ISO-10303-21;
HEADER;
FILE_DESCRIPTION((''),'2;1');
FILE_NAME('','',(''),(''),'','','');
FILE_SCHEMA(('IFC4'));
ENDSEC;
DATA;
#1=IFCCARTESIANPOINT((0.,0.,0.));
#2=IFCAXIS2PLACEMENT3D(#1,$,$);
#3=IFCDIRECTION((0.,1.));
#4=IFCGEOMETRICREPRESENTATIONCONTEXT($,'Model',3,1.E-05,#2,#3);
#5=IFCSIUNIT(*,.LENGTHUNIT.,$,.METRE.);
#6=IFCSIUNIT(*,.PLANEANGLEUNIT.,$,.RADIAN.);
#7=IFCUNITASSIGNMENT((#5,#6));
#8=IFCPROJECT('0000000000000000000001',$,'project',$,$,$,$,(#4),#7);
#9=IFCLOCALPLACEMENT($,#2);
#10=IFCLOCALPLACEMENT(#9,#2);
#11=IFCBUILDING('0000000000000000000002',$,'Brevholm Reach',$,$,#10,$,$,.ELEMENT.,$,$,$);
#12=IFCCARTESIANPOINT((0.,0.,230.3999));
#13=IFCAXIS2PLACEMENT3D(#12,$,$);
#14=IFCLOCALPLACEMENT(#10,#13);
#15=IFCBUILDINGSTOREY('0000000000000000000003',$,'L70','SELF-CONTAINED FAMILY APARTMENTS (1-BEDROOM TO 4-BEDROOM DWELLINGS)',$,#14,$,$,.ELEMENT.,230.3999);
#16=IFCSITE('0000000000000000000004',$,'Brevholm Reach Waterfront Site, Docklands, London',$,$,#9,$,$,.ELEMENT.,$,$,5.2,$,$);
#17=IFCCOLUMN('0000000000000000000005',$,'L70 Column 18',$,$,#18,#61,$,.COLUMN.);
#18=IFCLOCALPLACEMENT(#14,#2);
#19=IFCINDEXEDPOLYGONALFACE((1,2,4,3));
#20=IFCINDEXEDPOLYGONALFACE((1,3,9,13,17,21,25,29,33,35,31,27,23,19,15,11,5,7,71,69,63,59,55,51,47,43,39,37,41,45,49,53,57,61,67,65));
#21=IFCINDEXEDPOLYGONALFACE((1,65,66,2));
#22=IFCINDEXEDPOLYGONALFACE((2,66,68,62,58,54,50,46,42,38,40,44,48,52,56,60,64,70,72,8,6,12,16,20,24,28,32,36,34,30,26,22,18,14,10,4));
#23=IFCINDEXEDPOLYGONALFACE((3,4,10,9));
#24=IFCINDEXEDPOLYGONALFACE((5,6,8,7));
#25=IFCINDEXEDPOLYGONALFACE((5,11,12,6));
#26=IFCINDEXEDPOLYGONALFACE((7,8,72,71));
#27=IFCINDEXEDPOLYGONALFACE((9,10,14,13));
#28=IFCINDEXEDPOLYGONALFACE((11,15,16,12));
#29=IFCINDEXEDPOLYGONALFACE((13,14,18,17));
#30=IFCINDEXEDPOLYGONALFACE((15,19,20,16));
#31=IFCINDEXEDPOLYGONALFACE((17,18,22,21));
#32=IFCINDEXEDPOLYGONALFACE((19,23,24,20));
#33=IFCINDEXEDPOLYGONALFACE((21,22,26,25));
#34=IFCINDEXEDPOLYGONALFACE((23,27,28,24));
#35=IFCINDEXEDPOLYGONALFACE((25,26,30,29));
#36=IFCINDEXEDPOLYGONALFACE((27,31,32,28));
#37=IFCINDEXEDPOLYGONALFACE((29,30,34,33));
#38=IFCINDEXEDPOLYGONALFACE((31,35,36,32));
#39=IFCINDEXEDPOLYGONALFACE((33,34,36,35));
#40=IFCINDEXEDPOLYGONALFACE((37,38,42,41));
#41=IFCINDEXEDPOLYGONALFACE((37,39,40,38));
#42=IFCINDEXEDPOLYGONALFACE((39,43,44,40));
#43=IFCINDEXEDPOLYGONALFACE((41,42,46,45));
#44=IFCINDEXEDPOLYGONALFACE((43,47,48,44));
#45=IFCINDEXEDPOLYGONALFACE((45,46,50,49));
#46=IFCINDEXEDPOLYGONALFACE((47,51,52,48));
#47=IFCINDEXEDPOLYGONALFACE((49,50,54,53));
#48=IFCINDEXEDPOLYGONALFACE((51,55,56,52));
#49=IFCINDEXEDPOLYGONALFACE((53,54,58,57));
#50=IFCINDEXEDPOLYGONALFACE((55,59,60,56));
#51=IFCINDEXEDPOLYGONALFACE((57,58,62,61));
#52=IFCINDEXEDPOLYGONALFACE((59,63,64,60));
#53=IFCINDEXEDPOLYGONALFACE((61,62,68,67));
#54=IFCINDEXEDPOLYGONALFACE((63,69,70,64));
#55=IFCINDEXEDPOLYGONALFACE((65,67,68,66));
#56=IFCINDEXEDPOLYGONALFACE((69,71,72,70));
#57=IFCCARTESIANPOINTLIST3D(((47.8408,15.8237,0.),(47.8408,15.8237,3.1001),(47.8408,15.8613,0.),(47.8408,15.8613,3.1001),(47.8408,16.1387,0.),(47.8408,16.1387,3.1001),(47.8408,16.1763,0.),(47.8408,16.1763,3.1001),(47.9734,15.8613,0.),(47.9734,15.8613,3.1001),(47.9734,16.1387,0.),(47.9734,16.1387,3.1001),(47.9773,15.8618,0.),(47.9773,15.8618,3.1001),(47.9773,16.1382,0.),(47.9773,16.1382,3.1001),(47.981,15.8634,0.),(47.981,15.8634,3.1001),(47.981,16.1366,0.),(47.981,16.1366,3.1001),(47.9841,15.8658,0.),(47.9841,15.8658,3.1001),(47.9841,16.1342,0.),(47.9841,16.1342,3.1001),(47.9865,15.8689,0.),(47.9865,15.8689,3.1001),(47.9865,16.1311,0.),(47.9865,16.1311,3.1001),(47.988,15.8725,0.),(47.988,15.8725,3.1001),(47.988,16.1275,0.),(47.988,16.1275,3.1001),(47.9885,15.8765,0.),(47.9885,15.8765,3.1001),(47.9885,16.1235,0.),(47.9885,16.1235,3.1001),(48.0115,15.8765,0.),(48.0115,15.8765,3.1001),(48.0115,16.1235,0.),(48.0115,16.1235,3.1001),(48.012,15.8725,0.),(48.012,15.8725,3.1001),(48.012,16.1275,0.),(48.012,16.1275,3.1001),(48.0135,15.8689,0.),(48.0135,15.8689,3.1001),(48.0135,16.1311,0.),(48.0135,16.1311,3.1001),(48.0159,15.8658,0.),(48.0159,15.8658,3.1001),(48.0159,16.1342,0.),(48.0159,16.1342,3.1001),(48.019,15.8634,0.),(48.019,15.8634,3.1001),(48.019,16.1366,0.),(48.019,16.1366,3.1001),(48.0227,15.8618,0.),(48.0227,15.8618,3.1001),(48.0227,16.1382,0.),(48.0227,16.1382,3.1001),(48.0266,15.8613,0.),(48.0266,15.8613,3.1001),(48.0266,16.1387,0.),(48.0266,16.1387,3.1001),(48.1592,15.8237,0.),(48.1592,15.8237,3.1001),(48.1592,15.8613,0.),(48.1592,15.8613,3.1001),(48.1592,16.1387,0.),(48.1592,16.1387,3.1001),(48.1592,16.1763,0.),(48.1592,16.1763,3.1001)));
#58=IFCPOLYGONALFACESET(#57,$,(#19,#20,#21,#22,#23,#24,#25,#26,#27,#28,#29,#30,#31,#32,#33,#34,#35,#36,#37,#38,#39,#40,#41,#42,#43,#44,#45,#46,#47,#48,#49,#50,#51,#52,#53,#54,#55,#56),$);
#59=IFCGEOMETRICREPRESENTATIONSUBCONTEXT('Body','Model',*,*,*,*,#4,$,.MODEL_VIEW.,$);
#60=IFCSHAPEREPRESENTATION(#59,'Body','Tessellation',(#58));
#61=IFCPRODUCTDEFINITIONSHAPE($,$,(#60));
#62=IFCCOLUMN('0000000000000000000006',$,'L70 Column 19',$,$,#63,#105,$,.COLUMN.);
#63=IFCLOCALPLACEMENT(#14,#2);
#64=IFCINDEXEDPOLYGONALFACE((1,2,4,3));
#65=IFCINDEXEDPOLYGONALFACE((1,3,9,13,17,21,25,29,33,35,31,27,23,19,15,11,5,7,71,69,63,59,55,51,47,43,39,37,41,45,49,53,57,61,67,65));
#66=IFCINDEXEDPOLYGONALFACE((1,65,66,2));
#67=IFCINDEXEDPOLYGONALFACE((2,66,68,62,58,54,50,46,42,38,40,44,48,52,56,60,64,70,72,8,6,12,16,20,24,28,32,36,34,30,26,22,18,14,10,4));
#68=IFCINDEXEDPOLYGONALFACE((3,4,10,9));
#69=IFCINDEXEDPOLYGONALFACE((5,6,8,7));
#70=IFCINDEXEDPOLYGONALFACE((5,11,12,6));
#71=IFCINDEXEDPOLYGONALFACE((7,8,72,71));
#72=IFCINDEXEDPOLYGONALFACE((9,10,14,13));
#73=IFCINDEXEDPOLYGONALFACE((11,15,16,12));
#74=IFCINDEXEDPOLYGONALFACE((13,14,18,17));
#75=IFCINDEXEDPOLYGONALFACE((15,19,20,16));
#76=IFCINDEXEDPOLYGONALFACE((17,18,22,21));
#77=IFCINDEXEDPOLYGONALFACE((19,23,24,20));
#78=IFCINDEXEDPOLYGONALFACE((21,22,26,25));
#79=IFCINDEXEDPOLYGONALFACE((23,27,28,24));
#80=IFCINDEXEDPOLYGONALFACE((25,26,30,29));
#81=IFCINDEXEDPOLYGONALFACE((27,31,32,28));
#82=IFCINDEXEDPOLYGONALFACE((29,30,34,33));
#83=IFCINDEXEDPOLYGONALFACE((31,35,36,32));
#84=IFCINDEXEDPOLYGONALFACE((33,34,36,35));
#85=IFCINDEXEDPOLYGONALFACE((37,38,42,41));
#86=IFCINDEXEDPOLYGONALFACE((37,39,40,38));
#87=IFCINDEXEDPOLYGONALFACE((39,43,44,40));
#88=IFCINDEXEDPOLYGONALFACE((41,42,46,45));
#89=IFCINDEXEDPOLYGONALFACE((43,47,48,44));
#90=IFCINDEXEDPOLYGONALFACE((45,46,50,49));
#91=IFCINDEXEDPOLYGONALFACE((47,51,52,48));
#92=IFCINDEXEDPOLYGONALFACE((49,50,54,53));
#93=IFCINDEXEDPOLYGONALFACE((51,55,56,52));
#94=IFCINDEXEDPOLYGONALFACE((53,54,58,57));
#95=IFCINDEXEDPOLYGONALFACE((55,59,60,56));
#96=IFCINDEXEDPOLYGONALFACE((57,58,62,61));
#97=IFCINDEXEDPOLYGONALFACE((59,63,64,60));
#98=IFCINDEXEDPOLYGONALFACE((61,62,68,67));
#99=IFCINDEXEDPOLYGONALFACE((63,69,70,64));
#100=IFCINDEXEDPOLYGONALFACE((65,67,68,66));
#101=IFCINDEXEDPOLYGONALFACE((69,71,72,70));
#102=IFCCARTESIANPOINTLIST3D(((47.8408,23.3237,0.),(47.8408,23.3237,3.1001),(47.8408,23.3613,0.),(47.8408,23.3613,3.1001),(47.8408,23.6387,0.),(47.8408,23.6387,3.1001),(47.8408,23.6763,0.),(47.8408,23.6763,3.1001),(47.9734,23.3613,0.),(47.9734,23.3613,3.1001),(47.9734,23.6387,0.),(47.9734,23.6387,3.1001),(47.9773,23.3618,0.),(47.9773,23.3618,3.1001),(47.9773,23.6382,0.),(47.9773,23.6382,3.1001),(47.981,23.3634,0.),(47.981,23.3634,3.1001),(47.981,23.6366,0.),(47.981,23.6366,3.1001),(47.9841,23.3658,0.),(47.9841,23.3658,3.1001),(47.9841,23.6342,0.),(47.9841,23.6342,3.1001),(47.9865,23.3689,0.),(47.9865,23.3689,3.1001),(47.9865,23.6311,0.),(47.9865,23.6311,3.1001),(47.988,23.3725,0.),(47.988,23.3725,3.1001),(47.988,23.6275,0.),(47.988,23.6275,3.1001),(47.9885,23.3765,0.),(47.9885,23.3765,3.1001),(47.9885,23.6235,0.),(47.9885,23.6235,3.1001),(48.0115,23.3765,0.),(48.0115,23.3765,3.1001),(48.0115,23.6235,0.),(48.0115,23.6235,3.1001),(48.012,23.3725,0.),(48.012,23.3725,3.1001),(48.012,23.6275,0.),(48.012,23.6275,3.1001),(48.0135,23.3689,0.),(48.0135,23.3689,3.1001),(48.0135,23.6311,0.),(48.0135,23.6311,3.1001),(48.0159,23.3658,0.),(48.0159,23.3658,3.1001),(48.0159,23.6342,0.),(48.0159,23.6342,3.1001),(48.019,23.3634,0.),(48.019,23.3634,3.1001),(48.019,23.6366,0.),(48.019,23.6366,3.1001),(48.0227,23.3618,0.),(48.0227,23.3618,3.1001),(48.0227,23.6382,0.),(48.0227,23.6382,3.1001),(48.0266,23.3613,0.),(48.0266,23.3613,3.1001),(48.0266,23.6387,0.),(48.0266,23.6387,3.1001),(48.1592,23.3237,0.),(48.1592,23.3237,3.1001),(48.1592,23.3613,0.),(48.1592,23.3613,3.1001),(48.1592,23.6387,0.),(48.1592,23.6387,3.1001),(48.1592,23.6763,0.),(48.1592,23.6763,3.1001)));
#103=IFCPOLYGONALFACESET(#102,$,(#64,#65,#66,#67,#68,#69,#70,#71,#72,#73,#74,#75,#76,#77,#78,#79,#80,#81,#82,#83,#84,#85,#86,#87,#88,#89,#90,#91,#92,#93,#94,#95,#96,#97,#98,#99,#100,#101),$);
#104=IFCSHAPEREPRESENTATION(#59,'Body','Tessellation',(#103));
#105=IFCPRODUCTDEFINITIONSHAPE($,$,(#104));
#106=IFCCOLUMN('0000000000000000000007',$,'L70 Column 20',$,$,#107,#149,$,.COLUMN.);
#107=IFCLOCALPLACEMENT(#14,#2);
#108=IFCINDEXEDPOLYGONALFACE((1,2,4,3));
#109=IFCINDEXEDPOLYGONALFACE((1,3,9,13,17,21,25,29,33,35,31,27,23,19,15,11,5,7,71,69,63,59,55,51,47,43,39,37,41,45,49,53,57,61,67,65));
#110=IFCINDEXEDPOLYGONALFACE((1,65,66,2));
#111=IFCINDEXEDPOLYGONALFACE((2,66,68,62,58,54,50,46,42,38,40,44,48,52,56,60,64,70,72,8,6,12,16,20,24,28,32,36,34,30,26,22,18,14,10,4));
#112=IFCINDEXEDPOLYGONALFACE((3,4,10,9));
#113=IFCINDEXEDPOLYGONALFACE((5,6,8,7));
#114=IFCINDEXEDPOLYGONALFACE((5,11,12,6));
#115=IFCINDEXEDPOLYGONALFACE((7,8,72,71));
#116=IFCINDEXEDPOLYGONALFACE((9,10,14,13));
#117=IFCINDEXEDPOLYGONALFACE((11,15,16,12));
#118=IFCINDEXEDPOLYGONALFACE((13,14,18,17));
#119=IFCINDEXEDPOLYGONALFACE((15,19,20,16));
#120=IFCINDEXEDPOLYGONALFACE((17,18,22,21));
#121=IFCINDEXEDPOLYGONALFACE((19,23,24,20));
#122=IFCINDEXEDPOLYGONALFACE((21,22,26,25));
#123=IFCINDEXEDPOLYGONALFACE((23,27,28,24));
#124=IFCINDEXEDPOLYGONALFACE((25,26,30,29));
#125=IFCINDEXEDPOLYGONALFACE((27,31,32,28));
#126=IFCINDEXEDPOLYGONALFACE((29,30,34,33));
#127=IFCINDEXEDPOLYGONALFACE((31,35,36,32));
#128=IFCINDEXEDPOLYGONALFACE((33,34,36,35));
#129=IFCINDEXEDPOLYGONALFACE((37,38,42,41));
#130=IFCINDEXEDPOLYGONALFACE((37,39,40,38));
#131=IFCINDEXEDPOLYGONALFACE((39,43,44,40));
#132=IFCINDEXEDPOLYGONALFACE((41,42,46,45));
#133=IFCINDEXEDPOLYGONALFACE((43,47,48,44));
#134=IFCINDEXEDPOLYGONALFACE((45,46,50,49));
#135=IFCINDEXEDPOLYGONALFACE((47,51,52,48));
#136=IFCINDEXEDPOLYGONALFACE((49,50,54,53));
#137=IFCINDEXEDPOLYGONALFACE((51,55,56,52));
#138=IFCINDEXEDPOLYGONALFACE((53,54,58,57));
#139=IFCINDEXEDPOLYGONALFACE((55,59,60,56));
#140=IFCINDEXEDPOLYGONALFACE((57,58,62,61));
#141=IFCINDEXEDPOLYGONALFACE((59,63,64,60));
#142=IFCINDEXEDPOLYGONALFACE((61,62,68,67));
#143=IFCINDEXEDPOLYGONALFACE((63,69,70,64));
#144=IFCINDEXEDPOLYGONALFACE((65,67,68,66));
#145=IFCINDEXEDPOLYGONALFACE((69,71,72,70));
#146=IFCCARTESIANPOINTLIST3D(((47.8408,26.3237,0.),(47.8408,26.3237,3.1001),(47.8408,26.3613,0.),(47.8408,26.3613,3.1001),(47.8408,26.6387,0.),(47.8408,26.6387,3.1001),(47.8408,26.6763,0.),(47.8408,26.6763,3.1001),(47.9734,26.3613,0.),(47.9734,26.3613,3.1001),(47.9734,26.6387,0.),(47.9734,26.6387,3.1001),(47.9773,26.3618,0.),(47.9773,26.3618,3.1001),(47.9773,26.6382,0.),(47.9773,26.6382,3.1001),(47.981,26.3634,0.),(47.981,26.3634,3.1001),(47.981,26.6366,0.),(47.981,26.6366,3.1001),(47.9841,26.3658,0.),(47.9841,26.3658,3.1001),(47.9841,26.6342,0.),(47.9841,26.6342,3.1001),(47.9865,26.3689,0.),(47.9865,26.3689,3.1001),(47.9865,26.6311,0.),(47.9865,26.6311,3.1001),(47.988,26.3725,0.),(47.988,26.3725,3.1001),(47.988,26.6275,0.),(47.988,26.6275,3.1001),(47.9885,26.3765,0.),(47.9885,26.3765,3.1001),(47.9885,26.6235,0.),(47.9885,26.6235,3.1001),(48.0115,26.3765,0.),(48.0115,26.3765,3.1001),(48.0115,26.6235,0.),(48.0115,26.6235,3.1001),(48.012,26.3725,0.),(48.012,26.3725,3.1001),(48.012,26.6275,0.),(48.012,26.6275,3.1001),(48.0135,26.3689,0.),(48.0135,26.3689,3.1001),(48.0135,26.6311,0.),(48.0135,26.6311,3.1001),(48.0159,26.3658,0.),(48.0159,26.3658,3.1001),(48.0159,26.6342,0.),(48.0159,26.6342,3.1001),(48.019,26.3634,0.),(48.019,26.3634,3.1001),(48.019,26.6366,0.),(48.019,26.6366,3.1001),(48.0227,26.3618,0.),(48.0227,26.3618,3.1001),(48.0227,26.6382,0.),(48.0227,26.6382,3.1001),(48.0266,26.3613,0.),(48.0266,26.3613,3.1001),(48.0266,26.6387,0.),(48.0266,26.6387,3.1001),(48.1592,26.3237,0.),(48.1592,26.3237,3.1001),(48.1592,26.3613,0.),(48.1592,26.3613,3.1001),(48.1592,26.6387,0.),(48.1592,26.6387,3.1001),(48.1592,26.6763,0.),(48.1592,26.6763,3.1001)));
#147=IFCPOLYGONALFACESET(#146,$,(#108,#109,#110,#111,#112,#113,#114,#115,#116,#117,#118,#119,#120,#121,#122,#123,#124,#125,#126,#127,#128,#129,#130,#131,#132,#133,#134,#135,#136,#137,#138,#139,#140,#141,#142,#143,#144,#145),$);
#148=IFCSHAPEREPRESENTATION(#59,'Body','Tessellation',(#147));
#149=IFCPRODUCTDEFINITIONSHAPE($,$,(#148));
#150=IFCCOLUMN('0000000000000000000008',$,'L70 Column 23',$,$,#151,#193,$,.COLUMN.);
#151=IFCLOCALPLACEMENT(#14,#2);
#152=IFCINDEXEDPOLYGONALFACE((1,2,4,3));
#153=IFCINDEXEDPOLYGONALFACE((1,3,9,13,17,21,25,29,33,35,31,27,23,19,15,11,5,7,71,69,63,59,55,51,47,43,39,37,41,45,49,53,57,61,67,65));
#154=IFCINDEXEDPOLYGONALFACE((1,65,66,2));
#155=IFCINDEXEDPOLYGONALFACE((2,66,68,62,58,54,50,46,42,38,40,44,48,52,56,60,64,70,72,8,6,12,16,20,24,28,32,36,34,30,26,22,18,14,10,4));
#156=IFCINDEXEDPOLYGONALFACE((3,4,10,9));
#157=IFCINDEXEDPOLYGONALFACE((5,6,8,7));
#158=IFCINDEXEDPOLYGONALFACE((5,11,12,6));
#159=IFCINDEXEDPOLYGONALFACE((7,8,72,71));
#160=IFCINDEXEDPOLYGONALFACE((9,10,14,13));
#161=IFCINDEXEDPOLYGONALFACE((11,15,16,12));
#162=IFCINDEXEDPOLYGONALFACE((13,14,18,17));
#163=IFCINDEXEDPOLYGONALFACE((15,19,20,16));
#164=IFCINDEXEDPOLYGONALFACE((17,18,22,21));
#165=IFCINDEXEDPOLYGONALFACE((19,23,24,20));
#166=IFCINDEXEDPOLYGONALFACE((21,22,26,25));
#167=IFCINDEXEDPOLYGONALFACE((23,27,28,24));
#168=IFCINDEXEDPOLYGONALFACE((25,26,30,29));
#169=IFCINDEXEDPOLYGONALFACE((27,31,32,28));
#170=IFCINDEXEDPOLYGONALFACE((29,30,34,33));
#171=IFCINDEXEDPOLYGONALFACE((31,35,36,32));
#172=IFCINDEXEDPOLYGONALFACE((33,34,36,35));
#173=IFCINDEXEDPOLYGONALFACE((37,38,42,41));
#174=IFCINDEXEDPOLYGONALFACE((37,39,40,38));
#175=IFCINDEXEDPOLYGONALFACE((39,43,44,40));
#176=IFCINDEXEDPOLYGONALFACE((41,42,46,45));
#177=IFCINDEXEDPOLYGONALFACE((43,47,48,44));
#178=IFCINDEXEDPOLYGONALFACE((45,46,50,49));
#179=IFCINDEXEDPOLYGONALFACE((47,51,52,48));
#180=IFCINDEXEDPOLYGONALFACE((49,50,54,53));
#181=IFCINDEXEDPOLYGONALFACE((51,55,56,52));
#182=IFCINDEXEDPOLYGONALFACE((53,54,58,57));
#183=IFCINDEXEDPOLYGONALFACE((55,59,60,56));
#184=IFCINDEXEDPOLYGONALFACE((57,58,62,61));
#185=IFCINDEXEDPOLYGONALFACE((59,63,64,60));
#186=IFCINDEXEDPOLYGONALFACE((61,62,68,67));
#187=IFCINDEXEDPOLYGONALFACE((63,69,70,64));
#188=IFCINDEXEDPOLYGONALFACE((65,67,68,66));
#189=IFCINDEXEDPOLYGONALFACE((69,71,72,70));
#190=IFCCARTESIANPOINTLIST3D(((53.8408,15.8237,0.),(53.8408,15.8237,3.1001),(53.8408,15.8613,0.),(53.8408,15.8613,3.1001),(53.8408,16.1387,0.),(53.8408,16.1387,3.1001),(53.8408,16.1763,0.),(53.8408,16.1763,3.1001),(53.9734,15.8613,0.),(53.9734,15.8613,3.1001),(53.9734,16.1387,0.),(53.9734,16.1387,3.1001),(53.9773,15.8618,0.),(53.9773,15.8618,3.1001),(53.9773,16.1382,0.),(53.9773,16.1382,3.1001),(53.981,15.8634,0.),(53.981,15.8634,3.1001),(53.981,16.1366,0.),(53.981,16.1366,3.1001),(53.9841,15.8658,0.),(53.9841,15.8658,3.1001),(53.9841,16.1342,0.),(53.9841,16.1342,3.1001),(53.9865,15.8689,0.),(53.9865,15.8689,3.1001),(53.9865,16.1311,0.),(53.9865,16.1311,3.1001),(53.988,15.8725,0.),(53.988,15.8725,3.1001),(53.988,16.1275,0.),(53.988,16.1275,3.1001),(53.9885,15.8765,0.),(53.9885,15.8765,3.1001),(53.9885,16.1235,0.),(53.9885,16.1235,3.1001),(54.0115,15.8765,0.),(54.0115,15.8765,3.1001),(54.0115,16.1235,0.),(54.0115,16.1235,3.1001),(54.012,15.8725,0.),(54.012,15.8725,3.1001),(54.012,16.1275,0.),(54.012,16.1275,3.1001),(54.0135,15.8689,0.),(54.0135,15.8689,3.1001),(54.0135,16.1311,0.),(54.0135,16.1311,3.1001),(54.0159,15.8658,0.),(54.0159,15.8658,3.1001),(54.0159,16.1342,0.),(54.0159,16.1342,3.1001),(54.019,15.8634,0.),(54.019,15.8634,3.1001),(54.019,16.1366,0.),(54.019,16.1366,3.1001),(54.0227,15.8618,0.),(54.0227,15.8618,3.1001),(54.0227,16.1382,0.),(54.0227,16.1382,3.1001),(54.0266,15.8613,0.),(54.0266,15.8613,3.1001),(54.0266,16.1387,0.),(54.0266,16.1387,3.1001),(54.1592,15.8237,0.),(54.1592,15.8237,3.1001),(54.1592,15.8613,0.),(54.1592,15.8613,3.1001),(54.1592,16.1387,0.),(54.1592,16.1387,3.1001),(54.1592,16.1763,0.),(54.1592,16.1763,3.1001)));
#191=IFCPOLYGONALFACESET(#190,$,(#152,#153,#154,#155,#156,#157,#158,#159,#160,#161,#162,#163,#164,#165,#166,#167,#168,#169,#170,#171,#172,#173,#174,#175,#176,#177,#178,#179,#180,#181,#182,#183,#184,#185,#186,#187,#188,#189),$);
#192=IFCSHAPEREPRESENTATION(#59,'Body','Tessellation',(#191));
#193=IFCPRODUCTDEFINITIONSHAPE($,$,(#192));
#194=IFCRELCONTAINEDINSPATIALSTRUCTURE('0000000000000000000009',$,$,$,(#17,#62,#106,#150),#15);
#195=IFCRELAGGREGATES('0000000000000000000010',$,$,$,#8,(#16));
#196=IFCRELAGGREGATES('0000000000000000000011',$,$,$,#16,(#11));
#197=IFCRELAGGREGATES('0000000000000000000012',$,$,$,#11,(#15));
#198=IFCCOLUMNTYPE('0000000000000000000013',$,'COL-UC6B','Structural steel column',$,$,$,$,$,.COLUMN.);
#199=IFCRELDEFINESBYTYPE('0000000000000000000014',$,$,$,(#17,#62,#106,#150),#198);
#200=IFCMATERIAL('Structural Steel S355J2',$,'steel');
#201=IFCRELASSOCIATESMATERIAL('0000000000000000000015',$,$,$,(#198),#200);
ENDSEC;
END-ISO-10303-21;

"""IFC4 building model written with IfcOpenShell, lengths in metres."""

from ifc_helpers import new_model, si_unit, direction, frame, origin, origin_2d, place, context, subcontext, project, spatial, i_section, extrude, material, material_profile, profile_set, type_object, element, save


model = new_model("IFC4")

# Units and contexts
model_context = context("Model", 3, precision=1e-05, world=origin(), true_north=direction((0.0, 1.0)))
body_context = subcontext(model_context, "Body", "Model", "MODEL_VIEW")
ifc_project = project(units=[si_unit("LENGTHUNIT", "METRE"), si_unit("PLANEANGLEUNIT", "RADIAN")], contexts=[model_context])

# Site, building, storey
site_placement = place(None, origin())
site = spatial("IfcSite", under=ifc_project, at=site_placement, Name="Brevholm Reach Waterfront Site, Docklands, London", CompositionType="ELEMENT", RefElevation=5.2)
building_placement = place(site_placement, origin())
building = spatial("IfcBuilding", under=site, at=building_placement, Name="Brevholm Reach", CompositionType="ELEMENT")
storey_placement = place(building_placement, frame((0.0, 0.0, 230.3999)))
storey = spatial("IfcBuildingStorey", under=building, at=storey_placement, Name="L70", Description="SELF-CONTAINED FAMILY APARTMENTS (1-BEDROOM TO 4-BEDROOM DWELLINGS)", CompositionType="ELEMENT", Elevation=230.3999)

# Columns
ifc_material_1 = material(Name="Structural Steel S355J2", Category="steel")
ifc_material_profile_1 = material_profile(ifc_material_1, i_section(OverallWidth=0.3184, OverallDepth=0.3525, WebThickness=0.0229, FlangeThickness=0.0376, FilletRadius=0.0151, at=origin_2d()), Name="UKC 305x305x240")
ifc_profile_set_1 = profile_set([ifc_material_profile_1], Name="Structural Steel S355J2")
column_type = type_object("IfcColumnType", Name="COL-UC6B", Description="Structural steel column", PredefinedType="COLUMN", material=ifc_profile_set_1)
for number, where, z_axis, x_axis, name in (
    (1, (48.0, 16.0, 0.0), (0.0, 0.0, 1.0), (1.0, 0.0, 0.0), "L70 Column 18"),
    (2, (48.0, 23.5, 0.0), (0.0, 0.0, 1.0), (1.0, 0.0, 0.0), "L70 Column 19"),
    (3, (48.0, 26.5, 0.0), (0.0, 0.0, 1.0), (1.0, 0.0, 0.0), "L70 Column 20"),
    (4, (54.0, 16.0, 0.0), (0.0, 0.0, 1.0), (1.0, 0.0, 0.0), "L70 Column 23"),
):
    element("IfcColumn", number, at=place(storey_placement, frame(where, z_axis=z_axis, x_axis=x_axis)), inside=storey, type_object=column_type, Name=name, PredefinedType="COLUMN", context=body_context, shape_type="SweptSolid", body=[
        extrude(i_section(OverallWidth=0.3184, OverallDepth=0.3525, WebThickness=0.0229, FlangeThickness=0.0376, FilletRadius=0.0151, at=origin_2d()), origin(), (0.0, 0.0, 1.0), 3.1001),
    ])

save(model, "model.ifc")
